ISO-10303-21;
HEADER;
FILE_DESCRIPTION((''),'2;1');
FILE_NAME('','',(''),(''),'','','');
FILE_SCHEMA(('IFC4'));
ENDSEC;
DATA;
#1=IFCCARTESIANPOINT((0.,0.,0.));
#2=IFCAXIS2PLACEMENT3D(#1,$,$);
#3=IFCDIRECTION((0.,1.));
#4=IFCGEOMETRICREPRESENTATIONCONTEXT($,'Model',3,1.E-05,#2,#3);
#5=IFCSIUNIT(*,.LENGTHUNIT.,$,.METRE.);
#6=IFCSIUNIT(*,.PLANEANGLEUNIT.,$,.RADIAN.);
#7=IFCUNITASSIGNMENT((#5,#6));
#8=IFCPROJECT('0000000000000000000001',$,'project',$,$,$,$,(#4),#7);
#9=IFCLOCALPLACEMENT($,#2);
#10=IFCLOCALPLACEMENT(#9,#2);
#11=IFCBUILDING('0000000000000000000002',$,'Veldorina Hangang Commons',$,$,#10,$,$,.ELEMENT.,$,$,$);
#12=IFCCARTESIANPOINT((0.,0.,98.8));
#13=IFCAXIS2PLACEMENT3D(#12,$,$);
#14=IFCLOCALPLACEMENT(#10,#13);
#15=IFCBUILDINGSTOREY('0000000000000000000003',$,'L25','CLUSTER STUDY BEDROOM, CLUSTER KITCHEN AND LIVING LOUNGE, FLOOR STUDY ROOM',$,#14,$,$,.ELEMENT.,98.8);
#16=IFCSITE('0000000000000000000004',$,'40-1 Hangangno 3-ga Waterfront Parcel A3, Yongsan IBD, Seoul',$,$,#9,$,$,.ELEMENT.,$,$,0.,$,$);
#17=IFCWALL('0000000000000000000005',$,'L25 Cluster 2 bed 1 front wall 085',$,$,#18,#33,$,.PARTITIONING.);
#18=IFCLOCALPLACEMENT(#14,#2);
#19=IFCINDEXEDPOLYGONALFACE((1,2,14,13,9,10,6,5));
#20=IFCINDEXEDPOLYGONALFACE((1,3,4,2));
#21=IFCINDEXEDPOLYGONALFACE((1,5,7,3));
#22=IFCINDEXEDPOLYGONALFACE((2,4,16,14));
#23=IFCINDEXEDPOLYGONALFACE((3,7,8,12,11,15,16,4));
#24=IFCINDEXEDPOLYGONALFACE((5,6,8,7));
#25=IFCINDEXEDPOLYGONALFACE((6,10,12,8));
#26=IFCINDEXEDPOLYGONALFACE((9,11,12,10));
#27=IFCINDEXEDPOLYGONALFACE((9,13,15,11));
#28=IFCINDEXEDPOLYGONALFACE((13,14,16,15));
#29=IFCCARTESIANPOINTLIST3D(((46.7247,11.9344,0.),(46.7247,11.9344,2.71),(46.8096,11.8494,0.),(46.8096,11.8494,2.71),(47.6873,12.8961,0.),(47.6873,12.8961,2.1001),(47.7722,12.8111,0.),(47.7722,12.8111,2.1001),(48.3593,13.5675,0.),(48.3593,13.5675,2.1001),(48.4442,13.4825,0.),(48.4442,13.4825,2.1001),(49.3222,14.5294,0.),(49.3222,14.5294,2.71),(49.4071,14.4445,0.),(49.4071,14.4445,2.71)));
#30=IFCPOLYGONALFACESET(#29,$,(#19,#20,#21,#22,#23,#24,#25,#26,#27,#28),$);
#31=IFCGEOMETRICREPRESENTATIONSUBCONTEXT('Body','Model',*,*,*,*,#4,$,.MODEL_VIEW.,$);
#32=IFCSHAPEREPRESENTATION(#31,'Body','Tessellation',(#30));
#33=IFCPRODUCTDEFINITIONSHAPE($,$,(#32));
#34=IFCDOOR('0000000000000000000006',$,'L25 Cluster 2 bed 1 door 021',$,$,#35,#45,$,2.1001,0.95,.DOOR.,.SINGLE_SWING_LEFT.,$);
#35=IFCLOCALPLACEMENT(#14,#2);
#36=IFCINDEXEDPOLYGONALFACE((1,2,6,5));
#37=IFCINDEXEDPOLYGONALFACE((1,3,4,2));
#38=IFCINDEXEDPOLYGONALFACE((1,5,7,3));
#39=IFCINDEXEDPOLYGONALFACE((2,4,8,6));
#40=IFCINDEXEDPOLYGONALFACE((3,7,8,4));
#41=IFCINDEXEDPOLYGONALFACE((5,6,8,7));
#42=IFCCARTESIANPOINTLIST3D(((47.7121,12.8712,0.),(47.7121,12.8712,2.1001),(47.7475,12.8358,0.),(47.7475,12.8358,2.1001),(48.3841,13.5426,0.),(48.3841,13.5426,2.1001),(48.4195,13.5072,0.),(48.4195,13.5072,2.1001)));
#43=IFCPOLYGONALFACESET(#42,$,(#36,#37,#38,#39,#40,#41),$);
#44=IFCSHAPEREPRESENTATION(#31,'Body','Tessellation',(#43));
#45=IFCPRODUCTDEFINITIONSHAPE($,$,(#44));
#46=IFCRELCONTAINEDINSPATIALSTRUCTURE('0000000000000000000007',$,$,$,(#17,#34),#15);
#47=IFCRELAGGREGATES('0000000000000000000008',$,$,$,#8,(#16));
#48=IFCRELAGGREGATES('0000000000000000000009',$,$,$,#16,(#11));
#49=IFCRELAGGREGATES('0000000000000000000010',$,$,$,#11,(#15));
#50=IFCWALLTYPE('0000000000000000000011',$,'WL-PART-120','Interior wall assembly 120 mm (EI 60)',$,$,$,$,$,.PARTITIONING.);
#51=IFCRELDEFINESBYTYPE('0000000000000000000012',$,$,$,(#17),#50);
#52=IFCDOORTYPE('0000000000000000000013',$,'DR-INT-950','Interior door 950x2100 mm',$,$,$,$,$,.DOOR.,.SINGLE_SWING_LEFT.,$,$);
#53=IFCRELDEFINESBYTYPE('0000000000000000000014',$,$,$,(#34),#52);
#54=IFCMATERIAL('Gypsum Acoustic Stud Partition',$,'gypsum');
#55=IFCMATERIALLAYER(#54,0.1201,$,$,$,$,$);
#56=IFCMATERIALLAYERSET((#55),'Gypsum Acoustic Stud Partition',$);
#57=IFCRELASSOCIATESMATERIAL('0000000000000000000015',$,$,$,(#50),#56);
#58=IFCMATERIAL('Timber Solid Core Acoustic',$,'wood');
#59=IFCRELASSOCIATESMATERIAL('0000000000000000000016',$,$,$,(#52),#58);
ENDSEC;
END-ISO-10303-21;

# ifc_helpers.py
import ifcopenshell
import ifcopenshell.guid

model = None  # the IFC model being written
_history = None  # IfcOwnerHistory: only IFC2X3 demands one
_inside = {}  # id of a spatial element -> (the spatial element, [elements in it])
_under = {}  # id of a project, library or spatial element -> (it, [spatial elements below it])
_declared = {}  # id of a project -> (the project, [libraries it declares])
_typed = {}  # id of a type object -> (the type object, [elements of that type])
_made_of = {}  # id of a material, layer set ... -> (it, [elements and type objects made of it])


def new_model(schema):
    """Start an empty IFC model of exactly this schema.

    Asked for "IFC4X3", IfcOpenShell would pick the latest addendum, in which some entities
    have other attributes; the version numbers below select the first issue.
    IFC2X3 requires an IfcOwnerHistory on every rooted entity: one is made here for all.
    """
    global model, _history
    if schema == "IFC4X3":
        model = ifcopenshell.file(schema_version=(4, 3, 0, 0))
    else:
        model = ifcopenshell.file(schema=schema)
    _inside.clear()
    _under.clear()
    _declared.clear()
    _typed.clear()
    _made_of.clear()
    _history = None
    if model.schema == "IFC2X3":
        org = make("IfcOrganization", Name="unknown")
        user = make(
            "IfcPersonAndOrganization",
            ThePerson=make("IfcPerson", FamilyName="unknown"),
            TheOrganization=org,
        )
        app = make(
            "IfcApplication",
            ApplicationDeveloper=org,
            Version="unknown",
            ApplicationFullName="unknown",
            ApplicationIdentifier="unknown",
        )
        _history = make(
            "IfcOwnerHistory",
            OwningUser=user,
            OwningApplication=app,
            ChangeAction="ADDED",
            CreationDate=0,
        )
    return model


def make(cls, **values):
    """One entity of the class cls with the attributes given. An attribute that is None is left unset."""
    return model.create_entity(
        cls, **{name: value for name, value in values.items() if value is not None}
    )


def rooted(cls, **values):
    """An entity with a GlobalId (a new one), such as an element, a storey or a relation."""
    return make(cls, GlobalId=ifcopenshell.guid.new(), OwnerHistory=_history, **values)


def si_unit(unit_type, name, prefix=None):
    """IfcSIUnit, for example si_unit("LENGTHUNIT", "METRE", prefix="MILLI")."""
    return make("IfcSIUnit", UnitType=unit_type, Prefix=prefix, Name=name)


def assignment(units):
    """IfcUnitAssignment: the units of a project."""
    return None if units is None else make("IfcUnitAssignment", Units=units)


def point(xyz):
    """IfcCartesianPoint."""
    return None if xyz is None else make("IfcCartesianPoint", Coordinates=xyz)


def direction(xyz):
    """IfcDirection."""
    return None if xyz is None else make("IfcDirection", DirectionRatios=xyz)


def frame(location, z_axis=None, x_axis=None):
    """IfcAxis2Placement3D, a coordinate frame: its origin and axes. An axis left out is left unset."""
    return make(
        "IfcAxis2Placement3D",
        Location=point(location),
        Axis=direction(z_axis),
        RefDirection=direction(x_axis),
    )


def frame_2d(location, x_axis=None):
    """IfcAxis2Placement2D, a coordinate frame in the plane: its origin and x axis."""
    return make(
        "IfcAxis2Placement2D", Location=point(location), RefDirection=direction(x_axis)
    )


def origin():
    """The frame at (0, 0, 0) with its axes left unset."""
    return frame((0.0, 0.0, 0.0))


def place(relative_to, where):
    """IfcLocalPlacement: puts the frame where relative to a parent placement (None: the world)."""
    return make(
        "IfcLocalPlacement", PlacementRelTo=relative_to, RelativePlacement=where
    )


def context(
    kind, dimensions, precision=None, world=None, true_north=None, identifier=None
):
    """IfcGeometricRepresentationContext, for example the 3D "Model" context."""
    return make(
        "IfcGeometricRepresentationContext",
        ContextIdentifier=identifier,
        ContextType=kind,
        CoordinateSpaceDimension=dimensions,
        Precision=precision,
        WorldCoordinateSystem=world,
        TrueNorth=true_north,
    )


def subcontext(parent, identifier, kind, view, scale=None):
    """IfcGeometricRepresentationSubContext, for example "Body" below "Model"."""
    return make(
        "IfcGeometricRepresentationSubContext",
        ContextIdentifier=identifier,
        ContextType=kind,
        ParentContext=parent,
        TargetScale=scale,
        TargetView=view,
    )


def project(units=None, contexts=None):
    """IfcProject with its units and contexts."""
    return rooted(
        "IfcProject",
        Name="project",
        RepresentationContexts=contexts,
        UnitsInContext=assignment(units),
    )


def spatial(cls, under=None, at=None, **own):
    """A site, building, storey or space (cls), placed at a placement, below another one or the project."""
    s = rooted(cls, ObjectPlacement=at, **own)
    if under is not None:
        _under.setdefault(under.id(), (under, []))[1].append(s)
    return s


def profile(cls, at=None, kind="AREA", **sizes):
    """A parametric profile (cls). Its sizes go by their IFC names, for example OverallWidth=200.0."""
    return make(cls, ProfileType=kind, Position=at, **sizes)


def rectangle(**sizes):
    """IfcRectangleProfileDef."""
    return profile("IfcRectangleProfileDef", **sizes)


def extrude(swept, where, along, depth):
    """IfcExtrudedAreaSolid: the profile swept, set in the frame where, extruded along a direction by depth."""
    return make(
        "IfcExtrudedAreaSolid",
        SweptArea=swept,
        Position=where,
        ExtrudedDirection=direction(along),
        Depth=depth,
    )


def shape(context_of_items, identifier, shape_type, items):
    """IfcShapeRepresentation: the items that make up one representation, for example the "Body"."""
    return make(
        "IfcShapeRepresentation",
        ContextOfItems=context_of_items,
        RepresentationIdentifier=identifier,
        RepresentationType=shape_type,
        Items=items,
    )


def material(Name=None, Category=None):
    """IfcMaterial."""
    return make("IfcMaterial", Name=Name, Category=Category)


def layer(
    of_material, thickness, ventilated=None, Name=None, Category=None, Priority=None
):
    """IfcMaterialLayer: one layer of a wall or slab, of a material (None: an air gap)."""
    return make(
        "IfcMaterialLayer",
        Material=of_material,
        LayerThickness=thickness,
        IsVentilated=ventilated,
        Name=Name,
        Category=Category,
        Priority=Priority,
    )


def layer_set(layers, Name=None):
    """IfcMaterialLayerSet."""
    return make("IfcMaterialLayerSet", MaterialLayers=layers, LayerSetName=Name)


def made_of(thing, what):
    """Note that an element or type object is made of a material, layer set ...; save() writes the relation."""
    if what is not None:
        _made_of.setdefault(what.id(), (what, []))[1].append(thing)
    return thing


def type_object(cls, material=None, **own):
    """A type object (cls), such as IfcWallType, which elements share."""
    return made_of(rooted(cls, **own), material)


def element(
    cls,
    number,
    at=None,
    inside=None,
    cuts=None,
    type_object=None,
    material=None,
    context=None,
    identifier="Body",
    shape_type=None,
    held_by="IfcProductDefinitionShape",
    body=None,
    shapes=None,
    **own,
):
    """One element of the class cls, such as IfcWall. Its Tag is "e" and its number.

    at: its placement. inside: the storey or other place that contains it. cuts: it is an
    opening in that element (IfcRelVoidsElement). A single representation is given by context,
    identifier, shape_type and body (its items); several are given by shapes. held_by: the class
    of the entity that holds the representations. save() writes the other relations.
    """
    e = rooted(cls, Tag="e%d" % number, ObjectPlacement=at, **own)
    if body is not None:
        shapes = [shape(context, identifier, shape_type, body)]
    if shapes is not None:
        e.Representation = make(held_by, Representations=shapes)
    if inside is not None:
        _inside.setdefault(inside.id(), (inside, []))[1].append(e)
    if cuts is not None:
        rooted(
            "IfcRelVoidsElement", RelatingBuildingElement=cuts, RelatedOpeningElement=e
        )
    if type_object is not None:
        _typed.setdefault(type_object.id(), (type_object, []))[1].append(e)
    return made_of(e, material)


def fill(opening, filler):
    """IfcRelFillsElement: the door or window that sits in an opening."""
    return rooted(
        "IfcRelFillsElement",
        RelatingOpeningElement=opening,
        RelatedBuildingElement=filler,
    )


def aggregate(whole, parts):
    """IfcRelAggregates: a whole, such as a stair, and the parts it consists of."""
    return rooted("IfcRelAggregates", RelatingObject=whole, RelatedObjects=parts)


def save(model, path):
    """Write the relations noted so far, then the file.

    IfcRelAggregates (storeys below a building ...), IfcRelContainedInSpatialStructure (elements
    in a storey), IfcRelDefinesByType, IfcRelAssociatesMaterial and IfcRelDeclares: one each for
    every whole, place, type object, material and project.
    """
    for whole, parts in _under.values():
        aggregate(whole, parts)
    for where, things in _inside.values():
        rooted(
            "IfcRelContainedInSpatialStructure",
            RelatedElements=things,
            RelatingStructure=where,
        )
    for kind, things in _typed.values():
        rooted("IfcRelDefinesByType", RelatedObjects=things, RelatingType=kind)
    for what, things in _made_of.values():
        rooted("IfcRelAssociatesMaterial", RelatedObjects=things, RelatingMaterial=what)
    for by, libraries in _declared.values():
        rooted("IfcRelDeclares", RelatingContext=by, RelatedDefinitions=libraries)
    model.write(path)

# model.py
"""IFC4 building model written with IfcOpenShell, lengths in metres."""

from ifc_helpers import new_model, si_unit, direction, frame, frame_2d, origin, place, context, subcontext, project, spatial, rectangle, extrude, material, layer, layer_set, type_object, element, fill, save


model = new_model("IFC4")

# Units and contexts
model_context = context("Model", 3, precision=1e-05, world=origin(), true_north=direction((0.0, 1.0)))
body_context = subcontext(model_context, "Body", "Model", "MODEL_VIEW")
ifc_project = project(units=[si_unit("LENGTHUNIT", "METRE"), si_unit("PLANEANGLEUNIT", "RADIAN")], contexts=[model_context])

# Site, building, storey
site_placement = place(None, origin())
site = spatial("IfcSite", under=ifc_project, at=site_placement, Name="40-1 Hangangno 3-ga Waterfront Parcel A3, Yongsan IBD, Seoul", CompositionType="ELEMENT", RefElevation=0.0)
building_placement = place(site_placement, origin())
building = spatial("IfcBuilding", under=site, at=building_placement, Name="Veldorina Hangang Commons", CompositionType="ELEMENT")
storey_placement = place(building_placement, frame((0.0, 0.0, 98.8)))
storey = spatial("IfcBuildingStorey", under=building, at=storey_placement, Name="L25", Description="CLUSTER STUDY BEDROOM, CLUSTER KITCHEN AND LIVING LOUNGE, FLOOR STUDY ROOM", CompositionType="ELEMENT", Elevation=98.8)

# Shared definitions
ifc_material_1 = material(Name="Gypsum Acoustic Stud Partition", Category="gypsum")
ifc_layer_1 = layer(ifc_material_1, 0.1201)
ifc_layer_set_1 = layer_set([ifc_layer_1], Name="Gypsum Acoustic Stud Partition")
wall_type = type_object("IfcWallType", Name="WL-PART-120", Description="Interior wall assembly 120 mm (EI 60)", PredefinedType="PARTITIONING", material=ifc_layer_set_1)

# Wall, opening, door
wall_1_placement = place(storey_placement, frame((46.7671, 11.8918, 0.0), z_axis=(0.0, 0.0, 1.0), x_axis=(0.707439, 0.706774, 0.0)))
wall_1 = element("IfcWall", 1, at=wall_1_placement, inside=storey, type_object=wall_type, Name="L25 Cluster 2 bed 1 front wall 085", PredefinedType="PARTITIONING", context=body_context, shape_type="SweptSolid", body=[
    extrude(rectangle(XDim=3.6716, YDim=0.1201, at=frame_2d((1.8359, 0.0))), origin(), (0.0, 0.0, 1.0), 2.71),
])
opening_placement = place(wall_1_placement, frame((1.3606, 0.0, 0.0)))
opening = element("IfcOpeningElement", 2, at=opening_placement, cuts=wall_1, PredefinedType="OPENING", context=body_context, shape_type="SweptSolid", body=[
    extrude(rectangle(XDim=0.95, YDim=2.1001, at=frame_2d((0.4751, 1.05))), frame((0.0, 0.0701, 0.0), z_axis=(0.0, -1.0, 0.0), x_axis=(1.0, 0.0, 0.0)), (0.0, 0.0, 1.0), 0.1401),
])
ifc_material_2 = material(Name="Timber Solid Core Acoustic", Category="wood")
door_type = type_object("IfcDoorType", Name="DR-INT-950", Description="Interior door 950x2100 mm", OperationType="SINGLE_SWING_LEFT", PredefinedType="DOOR", material=ifc_material_2)
door_placement = place(opening_placement, origin())
door = element("IfcDoor", 3, at=door_placement, inside=storey, type_object=door_type, Name="L25 Cluster 2 bed 1 door 021", OperationType="SINGLE_SWING_LEFT", OverallHeight=2.1001, OverallWidth=0.95, PredefinedType="DOOR", context=body_context, shape_type="SweptSolid", body=[
    extrude(rectangle(XDim=0.95, YDim=2.1001, at=frame_2d((0.4751, 1.05))), frame((0.0, 0.0249, 0.0), z_axis=(0.0, -1.0, 0.0), x_axis=(1.0, 0.0, 0.0)), (0.0, 0.0, 1.0), 0.05),
])
fill(opening, door)

save(model, "model.ifc")
